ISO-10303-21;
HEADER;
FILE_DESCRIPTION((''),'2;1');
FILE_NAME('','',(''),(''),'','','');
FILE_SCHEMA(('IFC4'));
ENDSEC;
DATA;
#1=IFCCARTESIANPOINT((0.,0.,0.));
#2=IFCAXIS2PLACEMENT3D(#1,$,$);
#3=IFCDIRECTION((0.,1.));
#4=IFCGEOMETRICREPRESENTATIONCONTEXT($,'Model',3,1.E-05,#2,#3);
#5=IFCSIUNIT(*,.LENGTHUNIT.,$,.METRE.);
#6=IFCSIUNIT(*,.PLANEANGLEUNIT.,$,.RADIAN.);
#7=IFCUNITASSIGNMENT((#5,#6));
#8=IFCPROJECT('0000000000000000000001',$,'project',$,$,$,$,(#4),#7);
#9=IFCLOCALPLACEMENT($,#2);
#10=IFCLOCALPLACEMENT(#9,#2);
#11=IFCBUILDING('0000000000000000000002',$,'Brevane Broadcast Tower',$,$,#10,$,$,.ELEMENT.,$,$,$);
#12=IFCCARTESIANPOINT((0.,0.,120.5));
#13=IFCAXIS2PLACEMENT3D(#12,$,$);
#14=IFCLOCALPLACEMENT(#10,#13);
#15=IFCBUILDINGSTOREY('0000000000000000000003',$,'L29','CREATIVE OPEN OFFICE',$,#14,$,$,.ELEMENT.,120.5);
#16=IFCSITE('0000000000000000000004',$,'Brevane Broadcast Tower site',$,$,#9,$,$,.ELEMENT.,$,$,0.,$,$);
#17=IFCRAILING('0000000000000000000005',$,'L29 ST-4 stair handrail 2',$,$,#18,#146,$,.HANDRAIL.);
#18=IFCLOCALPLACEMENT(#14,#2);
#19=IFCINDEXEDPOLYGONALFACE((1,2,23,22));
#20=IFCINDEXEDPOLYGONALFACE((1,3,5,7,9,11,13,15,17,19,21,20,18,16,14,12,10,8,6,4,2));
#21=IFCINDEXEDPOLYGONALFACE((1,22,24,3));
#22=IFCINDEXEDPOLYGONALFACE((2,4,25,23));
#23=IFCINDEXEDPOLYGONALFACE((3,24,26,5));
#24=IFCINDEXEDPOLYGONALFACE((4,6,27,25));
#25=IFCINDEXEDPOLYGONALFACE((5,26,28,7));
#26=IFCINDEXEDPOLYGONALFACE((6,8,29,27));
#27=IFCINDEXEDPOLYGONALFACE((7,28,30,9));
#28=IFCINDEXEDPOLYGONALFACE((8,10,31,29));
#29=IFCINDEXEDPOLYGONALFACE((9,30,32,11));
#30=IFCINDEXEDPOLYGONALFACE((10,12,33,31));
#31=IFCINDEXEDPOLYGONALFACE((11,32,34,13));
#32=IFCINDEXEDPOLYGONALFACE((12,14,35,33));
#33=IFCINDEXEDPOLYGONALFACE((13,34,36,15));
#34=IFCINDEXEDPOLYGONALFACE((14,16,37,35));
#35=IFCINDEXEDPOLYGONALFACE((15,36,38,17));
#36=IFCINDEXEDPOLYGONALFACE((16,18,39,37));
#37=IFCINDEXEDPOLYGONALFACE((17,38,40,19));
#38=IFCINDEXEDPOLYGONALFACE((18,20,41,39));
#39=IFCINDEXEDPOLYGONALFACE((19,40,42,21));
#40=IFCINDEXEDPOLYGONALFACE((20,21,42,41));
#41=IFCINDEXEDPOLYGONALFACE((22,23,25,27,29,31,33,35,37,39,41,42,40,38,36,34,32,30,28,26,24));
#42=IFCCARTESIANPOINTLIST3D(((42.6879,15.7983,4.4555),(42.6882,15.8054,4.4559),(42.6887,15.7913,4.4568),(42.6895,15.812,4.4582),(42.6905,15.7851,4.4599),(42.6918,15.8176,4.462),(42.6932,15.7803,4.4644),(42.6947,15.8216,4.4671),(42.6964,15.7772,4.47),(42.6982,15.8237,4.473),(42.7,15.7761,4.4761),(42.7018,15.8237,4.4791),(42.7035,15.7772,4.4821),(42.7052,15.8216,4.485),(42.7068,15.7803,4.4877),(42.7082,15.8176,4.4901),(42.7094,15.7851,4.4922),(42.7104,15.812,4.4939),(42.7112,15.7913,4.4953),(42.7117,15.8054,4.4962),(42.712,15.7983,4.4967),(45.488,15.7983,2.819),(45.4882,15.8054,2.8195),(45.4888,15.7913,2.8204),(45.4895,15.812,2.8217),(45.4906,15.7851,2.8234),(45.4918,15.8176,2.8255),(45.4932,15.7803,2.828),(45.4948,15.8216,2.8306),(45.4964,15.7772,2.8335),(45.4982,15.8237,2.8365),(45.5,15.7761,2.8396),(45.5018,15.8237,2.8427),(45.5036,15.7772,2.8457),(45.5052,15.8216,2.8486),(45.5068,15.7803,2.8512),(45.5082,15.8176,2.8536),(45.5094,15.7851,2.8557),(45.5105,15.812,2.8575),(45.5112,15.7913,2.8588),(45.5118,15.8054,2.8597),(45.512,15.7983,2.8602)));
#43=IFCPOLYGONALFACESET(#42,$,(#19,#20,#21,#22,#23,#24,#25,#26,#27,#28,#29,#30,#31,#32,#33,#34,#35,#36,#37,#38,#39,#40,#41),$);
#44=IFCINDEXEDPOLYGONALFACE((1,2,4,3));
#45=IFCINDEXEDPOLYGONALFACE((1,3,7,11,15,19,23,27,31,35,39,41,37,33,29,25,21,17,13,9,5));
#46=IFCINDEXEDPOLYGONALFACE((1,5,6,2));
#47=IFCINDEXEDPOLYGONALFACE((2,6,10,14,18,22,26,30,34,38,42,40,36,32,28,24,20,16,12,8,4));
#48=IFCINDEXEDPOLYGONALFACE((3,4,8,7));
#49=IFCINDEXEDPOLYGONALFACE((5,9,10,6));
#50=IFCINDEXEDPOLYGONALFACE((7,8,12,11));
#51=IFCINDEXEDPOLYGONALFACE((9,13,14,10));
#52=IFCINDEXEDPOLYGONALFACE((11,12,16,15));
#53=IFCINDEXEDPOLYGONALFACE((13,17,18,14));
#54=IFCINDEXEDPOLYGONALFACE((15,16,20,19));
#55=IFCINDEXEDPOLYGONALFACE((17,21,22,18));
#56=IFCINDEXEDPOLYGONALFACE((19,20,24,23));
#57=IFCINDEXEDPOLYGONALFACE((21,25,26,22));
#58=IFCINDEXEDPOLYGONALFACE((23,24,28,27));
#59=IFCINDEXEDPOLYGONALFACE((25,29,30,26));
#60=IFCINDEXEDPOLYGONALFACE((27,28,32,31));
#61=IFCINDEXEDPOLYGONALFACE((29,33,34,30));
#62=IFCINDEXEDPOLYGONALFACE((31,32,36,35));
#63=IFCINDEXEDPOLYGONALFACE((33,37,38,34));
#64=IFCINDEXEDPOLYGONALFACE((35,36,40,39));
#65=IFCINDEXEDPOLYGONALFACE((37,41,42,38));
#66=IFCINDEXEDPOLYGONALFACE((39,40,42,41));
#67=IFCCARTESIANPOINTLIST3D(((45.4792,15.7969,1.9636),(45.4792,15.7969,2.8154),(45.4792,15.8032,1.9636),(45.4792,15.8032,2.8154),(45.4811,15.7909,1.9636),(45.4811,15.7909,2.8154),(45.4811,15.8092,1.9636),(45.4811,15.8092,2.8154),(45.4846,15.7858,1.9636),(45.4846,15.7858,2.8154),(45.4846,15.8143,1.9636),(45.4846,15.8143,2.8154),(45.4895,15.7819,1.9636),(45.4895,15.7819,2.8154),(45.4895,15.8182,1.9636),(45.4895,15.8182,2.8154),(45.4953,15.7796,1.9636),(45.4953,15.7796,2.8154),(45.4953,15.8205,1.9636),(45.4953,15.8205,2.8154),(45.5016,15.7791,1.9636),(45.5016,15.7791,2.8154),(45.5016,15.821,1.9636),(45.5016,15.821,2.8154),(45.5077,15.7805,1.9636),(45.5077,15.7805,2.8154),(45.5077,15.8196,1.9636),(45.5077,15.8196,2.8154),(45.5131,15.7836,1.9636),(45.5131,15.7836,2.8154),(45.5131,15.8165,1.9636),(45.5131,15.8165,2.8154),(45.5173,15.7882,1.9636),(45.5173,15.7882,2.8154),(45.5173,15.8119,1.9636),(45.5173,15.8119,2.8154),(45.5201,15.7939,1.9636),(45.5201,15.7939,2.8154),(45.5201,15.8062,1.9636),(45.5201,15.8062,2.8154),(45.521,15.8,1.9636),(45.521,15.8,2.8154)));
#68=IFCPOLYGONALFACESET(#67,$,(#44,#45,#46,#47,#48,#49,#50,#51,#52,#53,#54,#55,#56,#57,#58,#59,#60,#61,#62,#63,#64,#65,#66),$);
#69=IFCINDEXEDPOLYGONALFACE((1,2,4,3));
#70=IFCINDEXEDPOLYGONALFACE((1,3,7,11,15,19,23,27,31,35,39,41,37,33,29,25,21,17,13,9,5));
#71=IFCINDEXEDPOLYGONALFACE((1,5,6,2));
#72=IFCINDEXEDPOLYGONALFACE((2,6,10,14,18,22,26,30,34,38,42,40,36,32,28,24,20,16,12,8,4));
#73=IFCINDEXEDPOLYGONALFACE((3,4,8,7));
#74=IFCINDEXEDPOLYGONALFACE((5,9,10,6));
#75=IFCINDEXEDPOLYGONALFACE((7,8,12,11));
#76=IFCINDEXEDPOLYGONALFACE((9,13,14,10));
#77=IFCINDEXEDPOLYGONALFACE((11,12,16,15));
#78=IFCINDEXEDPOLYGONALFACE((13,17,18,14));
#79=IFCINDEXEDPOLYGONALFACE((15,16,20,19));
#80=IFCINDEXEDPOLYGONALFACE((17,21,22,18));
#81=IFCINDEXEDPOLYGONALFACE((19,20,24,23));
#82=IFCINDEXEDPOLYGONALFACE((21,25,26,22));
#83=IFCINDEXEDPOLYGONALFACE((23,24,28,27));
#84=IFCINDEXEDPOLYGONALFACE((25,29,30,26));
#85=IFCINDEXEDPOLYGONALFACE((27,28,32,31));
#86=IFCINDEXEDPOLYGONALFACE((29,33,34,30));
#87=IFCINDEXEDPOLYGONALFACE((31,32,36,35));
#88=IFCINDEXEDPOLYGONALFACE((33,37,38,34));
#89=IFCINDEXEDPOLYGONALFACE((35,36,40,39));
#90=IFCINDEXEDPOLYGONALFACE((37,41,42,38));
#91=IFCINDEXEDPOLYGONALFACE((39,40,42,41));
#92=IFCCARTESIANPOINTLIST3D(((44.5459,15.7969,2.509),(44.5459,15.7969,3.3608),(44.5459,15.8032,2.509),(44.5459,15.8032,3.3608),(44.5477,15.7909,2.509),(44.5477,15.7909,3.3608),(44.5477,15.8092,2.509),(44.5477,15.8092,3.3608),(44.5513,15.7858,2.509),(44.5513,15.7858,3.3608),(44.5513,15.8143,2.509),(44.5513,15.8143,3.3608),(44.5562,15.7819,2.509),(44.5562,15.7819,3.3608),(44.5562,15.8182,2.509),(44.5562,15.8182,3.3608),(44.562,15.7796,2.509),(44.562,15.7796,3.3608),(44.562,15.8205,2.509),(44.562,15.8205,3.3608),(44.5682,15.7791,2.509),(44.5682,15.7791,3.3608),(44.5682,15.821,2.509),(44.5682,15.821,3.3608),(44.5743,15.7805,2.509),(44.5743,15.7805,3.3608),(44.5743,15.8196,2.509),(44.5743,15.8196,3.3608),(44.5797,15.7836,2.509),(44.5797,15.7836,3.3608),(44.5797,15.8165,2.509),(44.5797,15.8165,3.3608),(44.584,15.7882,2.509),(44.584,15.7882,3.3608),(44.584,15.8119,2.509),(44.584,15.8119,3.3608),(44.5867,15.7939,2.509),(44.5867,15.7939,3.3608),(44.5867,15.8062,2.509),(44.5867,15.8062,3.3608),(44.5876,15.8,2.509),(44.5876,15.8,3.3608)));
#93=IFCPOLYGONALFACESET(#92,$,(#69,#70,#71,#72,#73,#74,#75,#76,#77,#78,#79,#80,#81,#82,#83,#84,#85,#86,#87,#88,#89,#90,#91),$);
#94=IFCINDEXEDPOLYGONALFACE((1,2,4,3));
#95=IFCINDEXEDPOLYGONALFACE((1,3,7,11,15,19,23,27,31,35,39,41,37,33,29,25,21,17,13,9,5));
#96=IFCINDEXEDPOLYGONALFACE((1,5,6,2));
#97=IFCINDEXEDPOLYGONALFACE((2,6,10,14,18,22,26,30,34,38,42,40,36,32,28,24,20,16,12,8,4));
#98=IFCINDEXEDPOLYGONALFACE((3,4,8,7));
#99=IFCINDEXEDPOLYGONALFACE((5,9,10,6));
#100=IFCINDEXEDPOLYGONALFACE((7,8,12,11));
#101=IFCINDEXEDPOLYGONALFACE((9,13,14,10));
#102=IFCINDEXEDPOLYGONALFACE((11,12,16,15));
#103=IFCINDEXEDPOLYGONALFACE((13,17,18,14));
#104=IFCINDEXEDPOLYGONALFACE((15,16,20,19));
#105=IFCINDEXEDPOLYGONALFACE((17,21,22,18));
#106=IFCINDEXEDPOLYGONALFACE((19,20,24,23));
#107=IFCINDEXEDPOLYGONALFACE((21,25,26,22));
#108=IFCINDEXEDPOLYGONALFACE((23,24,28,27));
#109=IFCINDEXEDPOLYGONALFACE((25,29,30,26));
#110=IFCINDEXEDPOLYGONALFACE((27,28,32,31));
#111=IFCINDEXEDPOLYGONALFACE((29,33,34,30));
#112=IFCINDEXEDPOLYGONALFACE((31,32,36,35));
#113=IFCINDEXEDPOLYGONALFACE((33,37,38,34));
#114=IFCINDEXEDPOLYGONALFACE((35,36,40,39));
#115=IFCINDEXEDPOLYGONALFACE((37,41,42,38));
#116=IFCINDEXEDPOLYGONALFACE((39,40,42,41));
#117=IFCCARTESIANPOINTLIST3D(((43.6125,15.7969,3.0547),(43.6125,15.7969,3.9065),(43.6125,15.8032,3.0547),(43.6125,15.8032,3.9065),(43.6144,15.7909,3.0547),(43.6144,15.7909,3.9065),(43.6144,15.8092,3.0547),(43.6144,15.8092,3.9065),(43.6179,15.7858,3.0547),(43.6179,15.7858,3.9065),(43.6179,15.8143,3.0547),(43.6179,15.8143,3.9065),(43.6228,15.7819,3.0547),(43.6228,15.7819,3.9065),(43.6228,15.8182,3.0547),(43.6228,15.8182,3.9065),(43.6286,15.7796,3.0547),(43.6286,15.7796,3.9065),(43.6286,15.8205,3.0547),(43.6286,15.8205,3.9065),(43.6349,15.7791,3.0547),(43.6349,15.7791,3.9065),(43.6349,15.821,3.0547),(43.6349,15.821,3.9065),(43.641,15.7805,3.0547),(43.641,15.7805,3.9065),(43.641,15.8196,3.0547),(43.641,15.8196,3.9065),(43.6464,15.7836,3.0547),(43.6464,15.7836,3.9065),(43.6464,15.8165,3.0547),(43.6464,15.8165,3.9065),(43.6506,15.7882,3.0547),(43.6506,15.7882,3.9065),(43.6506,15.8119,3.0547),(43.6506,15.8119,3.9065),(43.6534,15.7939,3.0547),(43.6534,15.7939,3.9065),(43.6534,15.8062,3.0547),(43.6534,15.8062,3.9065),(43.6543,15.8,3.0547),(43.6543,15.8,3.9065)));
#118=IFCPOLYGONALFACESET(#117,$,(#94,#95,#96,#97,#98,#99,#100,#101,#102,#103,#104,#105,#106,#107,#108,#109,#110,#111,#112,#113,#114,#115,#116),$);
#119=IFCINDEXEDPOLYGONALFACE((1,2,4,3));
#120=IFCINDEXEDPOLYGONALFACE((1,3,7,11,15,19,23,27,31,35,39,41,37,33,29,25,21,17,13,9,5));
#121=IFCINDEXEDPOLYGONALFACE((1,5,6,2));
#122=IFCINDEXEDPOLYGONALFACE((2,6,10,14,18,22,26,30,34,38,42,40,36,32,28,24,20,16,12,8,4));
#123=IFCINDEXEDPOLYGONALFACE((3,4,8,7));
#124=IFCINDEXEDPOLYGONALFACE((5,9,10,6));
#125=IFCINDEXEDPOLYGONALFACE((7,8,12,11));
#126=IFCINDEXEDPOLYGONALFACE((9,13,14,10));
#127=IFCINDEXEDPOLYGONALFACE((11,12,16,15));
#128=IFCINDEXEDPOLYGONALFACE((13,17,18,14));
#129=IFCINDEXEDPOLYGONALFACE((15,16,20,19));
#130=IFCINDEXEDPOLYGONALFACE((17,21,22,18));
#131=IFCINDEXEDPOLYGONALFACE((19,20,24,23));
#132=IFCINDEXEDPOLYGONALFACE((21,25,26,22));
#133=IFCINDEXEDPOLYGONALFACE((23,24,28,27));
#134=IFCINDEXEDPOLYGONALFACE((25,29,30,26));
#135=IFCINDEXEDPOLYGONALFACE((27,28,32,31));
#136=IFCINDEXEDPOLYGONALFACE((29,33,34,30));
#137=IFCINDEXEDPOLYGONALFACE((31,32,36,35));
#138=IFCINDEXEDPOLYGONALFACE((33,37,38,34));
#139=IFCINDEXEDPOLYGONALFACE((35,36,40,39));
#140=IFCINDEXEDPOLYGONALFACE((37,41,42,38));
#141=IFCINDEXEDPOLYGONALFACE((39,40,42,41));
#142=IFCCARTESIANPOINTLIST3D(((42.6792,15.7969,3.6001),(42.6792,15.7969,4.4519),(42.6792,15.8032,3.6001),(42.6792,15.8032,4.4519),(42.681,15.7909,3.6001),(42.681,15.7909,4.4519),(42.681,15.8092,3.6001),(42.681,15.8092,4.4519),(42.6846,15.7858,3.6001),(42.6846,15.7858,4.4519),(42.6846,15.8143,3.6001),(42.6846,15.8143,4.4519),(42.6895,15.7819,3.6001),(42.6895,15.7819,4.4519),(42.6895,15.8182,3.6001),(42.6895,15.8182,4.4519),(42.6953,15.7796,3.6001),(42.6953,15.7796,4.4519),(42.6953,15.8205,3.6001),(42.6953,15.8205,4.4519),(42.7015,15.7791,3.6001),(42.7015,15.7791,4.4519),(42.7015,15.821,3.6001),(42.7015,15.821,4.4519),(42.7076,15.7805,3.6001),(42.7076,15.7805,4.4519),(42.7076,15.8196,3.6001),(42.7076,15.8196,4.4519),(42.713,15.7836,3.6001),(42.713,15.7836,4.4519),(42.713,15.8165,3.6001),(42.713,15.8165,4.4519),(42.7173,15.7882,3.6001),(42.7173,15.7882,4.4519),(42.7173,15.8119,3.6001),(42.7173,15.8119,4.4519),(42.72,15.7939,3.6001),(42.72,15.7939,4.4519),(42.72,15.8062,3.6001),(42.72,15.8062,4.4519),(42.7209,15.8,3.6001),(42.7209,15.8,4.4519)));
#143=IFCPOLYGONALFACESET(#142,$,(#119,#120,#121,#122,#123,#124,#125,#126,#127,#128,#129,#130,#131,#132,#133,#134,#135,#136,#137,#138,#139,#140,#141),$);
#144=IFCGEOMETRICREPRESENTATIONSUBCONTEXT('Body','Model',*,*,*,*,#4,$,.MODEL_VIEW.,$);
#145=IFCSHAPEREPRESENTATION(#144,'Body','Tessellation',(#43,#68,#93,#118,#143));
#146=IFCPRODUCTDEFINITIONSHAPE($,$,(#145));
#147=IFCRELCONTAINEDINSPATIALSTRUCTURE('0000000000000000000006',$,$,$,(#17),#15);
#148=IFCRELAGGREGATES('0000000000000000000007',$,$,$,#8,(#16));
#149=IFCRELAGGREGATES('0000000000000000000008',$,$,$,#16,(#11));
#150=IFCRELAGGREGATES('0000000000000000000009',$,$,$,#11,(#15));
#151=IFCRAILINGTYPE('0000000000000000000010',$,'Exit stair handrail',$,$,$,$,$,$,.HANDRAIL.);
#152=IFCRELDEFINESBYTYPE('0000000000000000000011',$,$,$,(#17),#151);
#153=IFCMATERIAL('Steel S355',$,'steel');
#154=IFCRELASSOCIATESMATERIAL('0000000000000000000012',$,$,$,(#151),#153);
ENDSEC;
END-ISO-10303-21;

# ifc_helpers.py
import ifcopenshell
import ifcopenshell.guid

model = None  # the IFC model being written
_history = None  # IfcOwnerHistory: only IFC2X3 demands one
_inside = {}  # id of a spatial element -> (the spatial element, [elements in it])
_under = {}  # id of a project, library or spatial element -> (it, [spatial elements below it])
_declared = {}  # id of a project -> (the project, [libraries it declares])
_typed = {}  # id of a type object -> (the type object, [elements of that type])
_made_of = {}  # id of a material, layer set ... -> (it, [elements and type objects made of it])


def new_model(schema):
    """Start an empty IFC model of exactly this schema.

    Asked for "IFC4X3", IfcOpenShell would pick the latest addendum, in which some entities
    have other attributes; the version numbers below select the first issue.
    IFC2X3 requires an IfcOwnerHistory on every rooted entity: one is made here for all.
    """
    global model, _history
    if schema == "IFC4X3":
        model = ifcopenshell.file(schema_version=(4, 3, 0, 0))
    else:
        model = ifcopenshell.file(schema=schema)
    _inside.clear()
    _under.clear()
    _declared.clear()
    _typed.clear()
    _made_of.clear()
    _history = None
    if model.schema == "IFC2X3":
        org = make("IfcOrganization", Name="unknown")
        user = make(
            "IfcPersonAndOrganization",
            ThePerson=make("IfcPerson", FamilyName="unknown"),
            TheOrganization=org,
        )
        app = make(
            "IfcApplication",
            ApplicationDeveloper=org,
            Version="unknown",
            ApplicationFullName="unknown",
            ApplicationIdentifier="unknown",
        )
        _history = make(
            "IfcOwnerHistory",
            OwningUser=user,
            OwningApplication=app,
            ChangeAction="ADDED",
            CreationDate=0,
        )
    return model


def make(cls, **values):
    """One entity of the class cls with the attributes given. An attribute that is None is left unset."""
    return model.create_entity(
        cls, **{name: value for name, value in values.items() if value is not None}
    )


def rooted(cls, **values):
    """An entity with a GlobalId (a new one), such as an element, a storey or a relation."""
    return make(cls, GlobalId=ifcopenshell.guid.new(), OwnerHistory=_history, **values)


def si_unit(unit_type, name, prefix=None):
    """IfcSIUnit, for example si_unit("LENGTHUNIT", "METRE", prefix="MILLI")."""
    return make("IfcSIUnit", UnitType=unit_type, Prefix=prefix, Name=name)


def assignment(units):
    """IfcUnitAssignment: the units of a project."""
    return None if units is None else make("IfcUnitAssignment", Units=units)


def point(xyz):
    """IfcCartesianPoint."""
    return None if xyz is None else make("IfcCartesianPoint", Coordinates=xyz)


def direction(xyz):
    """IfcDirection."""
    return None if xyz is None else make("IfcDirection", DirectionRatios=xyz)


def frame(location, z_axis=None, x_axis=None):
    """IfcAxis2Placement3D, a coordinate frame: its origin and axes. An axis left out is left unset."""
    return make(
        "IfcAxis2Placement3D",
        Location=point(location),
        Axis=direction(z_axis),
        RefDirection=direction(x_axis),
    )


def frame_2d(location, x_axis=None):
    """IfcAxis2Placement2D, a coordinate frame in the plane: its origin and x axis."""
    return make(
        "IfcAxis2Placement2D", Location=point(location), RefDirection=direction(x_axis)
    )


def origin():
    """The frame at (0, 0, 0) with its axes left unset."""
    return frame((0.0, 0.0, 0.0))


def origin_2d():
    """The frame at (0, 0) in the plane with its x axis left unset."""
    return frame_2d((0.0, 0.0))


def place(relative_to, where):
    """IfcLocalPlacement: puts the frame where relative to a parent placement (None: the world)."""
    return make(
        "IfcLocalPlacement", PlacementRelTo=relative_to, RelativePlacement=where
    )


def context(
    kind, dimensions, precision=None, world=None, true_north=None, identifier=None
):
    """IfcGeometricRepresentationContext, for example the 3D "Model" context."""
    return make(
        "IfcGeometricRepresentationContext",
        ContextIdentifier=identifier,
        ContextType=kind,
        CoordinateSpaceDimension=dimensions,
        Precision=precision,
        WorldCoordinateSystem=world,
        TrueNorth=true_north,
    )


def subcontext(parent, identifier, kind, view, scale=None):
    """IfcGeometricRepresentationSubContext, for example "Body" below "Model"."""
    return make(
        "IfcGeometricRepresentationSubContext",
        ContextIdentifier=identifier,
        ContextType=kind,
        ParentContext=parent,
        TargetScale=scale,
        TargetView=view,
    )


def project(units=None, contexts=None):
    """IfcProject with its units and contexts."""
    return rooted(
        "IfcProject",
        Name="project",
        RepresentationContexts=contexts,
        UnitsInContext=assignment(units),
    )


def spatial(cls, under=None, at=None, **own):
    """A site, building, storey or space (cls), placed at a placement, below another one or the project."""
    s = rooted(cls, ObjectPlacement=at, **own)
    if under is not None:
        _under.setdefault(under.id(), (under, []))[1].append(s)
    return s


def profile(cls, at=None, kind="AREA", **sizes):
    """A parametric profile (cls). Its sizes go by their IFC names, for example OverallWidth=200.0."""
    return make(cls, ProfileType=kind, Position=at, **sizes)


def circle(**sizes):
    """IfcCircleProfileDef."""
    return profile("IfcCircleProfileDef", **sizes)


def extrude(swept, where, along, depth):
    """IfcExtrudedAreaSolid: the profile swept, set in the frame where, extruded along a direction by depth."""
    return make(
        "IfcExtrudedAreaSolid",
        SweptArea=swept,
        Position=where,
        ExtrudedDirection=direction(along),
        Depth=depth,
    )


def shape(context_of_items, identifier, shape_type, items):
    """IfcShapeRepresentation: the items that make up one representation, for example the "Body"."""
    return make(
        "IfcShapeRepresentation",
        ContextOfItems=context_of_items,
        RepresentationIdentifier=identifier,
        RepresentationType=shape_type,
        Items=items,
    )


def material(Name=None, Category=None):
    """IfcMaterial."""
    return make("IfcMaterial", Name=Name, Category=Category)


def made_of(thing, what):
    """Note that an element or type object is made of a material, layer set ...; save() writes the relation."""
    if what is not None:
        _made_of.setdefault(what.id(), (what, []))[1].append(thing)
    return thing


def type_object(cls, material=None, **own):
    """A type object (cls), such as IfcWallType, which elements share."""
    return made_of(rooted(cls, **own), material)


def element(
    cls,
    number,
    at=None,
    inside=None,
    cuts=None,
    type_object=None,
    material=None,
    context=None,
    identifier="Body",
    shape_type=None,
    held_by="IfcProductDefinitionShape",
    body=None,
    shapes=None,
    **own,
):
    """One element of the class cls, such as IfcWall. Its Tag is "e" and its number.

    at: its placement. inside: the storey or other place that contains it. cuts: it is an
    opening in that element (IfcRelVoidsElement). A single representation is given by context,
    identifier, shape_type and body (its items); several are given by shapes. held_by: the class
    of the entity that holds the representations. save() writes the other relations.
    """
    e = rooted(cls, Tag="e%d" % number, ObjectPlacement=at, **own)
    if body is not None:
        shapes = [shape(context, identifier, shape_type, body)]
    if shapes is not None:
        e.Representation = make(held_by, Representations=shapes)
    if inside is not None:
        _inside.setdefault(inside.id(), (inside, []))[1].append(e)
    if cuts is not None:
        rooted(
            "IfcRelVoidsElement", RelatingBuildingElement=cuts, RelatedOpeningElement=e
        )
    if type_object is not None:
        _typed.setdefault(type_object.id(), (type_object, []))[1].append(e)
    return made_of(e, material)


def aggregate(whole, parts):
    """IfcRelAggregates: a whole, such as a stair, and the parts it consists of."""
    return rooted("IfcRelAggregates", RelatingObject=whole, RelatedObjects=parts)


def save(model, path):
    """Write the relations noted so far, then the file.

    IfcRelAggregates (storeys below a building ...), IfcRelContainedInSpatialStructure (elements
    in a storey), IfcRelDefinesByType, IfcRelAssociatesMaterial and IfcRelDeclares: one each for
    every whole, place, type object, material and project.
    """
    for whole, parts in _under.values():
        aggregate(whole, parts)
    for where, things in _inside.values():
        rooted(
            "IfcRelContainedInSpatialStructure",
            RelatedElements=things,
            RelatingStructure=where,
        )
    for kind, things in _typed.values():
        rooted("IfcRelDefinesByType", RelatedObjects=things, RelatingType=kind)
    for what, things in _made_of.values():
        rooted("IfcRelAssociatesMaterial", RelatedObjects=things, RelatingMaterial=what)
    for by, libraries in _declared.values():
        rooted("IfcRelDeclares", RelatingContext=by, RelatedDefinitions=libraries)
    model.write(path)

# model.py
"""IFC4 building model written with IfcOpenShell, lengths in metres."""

from ifc_helpers import new_model, si_unit, direction, frame, origin, origin_2d, place, context, subcontext, project, spatial, circle, extrude, material, type_object, element, save


model = new_model("IFC4")

# Units and contexts
model_context = context("Model", 3, precision=1e-05, world=origin(), true_north=direction((0.0, 1.0)))
body_context = subcontext(model_context, "Body", "Model", "MODEL_VIEW")
ifc_project = project(units=[si_unit("LENGTHUNIT", "METRE"), si_unit("PLANEANGLEUNIT", "RADIAN")], contexts=[model_context])

# Site, building, storey
site_placement = place(None, origin())
site = spatial("IfcSite", under=ifc_project, at=site_placement, Name="Brevane Broadcast Tower site", CompositionType="ELEMENT", RefElevation=0.0)
building_placement = place(site_placement, origin())
building = spatial("IfcBuilding", under=site, at=building_placement, Name="Brevane Broadcast Tower", CompositionType="ELEMENT")
storey_placement = place(building_placement, frame((0.0, 0.0, 120.5)))
storey = spatial("IfcBuildingStorey", under=building, at=storey_placement, Name="L29", Description="CREATIVE OPEN OFFICE", CompositionType="ELEMENT", Elevation=120.5)

# Railing
ifc_material_1 = material(Name="Steel S355", Category="steel")
railing_type_1 = type_object("IfcRailingType", Name="Exit stair handrail", PredefinedType="HANDRAIL", material=ifc_material_1)
railing_1_placement = place(storey_placement, frame((45.5, 15.8, 1.9636)))
element("IfcRailing", 1, at=railing_1_placement, inside=storey, type_object=railing_type_1, Name="L29 ST-4 stair handrail 2", PredefinedType="HANDRAIL", context=body_context, shape_type="SweptSolid", body=[
    extrude(circle(Radius=0.0239, at=origin_2d()), frame((0.0, 0.0, 0.876), z_axis=(-0.863361, 0.0, 0.504587), x_axis=(0.0, -1.0, 0.0)), (0.0, 0.0, 1.0), 3.2432),
    extrude(circle(Radius=0.021, at=origin_2d()), origin(), (0.0, 0.0, 1.0), 0.8518),
    extrude(circle(Radius=0.021, at=origin_2d()), frame((-0.9333, 0.0, 0.5454)), (0.0, 0.0, 1.0), 0.8518),
    extrude(circle(Radius=0.021, at=origin_2d()), frame((-1.8667, 0.0, 1.0911)), (0.0, 0.0, 1.0), 0.8518),
    extrude(circle(Radius=0.021, at=origin_2d()), frame((-2.8, 0.0, 1.6365)), (0.0, 0.0, 1.0), 0.8518),
])

save(model, "model.ifc")
